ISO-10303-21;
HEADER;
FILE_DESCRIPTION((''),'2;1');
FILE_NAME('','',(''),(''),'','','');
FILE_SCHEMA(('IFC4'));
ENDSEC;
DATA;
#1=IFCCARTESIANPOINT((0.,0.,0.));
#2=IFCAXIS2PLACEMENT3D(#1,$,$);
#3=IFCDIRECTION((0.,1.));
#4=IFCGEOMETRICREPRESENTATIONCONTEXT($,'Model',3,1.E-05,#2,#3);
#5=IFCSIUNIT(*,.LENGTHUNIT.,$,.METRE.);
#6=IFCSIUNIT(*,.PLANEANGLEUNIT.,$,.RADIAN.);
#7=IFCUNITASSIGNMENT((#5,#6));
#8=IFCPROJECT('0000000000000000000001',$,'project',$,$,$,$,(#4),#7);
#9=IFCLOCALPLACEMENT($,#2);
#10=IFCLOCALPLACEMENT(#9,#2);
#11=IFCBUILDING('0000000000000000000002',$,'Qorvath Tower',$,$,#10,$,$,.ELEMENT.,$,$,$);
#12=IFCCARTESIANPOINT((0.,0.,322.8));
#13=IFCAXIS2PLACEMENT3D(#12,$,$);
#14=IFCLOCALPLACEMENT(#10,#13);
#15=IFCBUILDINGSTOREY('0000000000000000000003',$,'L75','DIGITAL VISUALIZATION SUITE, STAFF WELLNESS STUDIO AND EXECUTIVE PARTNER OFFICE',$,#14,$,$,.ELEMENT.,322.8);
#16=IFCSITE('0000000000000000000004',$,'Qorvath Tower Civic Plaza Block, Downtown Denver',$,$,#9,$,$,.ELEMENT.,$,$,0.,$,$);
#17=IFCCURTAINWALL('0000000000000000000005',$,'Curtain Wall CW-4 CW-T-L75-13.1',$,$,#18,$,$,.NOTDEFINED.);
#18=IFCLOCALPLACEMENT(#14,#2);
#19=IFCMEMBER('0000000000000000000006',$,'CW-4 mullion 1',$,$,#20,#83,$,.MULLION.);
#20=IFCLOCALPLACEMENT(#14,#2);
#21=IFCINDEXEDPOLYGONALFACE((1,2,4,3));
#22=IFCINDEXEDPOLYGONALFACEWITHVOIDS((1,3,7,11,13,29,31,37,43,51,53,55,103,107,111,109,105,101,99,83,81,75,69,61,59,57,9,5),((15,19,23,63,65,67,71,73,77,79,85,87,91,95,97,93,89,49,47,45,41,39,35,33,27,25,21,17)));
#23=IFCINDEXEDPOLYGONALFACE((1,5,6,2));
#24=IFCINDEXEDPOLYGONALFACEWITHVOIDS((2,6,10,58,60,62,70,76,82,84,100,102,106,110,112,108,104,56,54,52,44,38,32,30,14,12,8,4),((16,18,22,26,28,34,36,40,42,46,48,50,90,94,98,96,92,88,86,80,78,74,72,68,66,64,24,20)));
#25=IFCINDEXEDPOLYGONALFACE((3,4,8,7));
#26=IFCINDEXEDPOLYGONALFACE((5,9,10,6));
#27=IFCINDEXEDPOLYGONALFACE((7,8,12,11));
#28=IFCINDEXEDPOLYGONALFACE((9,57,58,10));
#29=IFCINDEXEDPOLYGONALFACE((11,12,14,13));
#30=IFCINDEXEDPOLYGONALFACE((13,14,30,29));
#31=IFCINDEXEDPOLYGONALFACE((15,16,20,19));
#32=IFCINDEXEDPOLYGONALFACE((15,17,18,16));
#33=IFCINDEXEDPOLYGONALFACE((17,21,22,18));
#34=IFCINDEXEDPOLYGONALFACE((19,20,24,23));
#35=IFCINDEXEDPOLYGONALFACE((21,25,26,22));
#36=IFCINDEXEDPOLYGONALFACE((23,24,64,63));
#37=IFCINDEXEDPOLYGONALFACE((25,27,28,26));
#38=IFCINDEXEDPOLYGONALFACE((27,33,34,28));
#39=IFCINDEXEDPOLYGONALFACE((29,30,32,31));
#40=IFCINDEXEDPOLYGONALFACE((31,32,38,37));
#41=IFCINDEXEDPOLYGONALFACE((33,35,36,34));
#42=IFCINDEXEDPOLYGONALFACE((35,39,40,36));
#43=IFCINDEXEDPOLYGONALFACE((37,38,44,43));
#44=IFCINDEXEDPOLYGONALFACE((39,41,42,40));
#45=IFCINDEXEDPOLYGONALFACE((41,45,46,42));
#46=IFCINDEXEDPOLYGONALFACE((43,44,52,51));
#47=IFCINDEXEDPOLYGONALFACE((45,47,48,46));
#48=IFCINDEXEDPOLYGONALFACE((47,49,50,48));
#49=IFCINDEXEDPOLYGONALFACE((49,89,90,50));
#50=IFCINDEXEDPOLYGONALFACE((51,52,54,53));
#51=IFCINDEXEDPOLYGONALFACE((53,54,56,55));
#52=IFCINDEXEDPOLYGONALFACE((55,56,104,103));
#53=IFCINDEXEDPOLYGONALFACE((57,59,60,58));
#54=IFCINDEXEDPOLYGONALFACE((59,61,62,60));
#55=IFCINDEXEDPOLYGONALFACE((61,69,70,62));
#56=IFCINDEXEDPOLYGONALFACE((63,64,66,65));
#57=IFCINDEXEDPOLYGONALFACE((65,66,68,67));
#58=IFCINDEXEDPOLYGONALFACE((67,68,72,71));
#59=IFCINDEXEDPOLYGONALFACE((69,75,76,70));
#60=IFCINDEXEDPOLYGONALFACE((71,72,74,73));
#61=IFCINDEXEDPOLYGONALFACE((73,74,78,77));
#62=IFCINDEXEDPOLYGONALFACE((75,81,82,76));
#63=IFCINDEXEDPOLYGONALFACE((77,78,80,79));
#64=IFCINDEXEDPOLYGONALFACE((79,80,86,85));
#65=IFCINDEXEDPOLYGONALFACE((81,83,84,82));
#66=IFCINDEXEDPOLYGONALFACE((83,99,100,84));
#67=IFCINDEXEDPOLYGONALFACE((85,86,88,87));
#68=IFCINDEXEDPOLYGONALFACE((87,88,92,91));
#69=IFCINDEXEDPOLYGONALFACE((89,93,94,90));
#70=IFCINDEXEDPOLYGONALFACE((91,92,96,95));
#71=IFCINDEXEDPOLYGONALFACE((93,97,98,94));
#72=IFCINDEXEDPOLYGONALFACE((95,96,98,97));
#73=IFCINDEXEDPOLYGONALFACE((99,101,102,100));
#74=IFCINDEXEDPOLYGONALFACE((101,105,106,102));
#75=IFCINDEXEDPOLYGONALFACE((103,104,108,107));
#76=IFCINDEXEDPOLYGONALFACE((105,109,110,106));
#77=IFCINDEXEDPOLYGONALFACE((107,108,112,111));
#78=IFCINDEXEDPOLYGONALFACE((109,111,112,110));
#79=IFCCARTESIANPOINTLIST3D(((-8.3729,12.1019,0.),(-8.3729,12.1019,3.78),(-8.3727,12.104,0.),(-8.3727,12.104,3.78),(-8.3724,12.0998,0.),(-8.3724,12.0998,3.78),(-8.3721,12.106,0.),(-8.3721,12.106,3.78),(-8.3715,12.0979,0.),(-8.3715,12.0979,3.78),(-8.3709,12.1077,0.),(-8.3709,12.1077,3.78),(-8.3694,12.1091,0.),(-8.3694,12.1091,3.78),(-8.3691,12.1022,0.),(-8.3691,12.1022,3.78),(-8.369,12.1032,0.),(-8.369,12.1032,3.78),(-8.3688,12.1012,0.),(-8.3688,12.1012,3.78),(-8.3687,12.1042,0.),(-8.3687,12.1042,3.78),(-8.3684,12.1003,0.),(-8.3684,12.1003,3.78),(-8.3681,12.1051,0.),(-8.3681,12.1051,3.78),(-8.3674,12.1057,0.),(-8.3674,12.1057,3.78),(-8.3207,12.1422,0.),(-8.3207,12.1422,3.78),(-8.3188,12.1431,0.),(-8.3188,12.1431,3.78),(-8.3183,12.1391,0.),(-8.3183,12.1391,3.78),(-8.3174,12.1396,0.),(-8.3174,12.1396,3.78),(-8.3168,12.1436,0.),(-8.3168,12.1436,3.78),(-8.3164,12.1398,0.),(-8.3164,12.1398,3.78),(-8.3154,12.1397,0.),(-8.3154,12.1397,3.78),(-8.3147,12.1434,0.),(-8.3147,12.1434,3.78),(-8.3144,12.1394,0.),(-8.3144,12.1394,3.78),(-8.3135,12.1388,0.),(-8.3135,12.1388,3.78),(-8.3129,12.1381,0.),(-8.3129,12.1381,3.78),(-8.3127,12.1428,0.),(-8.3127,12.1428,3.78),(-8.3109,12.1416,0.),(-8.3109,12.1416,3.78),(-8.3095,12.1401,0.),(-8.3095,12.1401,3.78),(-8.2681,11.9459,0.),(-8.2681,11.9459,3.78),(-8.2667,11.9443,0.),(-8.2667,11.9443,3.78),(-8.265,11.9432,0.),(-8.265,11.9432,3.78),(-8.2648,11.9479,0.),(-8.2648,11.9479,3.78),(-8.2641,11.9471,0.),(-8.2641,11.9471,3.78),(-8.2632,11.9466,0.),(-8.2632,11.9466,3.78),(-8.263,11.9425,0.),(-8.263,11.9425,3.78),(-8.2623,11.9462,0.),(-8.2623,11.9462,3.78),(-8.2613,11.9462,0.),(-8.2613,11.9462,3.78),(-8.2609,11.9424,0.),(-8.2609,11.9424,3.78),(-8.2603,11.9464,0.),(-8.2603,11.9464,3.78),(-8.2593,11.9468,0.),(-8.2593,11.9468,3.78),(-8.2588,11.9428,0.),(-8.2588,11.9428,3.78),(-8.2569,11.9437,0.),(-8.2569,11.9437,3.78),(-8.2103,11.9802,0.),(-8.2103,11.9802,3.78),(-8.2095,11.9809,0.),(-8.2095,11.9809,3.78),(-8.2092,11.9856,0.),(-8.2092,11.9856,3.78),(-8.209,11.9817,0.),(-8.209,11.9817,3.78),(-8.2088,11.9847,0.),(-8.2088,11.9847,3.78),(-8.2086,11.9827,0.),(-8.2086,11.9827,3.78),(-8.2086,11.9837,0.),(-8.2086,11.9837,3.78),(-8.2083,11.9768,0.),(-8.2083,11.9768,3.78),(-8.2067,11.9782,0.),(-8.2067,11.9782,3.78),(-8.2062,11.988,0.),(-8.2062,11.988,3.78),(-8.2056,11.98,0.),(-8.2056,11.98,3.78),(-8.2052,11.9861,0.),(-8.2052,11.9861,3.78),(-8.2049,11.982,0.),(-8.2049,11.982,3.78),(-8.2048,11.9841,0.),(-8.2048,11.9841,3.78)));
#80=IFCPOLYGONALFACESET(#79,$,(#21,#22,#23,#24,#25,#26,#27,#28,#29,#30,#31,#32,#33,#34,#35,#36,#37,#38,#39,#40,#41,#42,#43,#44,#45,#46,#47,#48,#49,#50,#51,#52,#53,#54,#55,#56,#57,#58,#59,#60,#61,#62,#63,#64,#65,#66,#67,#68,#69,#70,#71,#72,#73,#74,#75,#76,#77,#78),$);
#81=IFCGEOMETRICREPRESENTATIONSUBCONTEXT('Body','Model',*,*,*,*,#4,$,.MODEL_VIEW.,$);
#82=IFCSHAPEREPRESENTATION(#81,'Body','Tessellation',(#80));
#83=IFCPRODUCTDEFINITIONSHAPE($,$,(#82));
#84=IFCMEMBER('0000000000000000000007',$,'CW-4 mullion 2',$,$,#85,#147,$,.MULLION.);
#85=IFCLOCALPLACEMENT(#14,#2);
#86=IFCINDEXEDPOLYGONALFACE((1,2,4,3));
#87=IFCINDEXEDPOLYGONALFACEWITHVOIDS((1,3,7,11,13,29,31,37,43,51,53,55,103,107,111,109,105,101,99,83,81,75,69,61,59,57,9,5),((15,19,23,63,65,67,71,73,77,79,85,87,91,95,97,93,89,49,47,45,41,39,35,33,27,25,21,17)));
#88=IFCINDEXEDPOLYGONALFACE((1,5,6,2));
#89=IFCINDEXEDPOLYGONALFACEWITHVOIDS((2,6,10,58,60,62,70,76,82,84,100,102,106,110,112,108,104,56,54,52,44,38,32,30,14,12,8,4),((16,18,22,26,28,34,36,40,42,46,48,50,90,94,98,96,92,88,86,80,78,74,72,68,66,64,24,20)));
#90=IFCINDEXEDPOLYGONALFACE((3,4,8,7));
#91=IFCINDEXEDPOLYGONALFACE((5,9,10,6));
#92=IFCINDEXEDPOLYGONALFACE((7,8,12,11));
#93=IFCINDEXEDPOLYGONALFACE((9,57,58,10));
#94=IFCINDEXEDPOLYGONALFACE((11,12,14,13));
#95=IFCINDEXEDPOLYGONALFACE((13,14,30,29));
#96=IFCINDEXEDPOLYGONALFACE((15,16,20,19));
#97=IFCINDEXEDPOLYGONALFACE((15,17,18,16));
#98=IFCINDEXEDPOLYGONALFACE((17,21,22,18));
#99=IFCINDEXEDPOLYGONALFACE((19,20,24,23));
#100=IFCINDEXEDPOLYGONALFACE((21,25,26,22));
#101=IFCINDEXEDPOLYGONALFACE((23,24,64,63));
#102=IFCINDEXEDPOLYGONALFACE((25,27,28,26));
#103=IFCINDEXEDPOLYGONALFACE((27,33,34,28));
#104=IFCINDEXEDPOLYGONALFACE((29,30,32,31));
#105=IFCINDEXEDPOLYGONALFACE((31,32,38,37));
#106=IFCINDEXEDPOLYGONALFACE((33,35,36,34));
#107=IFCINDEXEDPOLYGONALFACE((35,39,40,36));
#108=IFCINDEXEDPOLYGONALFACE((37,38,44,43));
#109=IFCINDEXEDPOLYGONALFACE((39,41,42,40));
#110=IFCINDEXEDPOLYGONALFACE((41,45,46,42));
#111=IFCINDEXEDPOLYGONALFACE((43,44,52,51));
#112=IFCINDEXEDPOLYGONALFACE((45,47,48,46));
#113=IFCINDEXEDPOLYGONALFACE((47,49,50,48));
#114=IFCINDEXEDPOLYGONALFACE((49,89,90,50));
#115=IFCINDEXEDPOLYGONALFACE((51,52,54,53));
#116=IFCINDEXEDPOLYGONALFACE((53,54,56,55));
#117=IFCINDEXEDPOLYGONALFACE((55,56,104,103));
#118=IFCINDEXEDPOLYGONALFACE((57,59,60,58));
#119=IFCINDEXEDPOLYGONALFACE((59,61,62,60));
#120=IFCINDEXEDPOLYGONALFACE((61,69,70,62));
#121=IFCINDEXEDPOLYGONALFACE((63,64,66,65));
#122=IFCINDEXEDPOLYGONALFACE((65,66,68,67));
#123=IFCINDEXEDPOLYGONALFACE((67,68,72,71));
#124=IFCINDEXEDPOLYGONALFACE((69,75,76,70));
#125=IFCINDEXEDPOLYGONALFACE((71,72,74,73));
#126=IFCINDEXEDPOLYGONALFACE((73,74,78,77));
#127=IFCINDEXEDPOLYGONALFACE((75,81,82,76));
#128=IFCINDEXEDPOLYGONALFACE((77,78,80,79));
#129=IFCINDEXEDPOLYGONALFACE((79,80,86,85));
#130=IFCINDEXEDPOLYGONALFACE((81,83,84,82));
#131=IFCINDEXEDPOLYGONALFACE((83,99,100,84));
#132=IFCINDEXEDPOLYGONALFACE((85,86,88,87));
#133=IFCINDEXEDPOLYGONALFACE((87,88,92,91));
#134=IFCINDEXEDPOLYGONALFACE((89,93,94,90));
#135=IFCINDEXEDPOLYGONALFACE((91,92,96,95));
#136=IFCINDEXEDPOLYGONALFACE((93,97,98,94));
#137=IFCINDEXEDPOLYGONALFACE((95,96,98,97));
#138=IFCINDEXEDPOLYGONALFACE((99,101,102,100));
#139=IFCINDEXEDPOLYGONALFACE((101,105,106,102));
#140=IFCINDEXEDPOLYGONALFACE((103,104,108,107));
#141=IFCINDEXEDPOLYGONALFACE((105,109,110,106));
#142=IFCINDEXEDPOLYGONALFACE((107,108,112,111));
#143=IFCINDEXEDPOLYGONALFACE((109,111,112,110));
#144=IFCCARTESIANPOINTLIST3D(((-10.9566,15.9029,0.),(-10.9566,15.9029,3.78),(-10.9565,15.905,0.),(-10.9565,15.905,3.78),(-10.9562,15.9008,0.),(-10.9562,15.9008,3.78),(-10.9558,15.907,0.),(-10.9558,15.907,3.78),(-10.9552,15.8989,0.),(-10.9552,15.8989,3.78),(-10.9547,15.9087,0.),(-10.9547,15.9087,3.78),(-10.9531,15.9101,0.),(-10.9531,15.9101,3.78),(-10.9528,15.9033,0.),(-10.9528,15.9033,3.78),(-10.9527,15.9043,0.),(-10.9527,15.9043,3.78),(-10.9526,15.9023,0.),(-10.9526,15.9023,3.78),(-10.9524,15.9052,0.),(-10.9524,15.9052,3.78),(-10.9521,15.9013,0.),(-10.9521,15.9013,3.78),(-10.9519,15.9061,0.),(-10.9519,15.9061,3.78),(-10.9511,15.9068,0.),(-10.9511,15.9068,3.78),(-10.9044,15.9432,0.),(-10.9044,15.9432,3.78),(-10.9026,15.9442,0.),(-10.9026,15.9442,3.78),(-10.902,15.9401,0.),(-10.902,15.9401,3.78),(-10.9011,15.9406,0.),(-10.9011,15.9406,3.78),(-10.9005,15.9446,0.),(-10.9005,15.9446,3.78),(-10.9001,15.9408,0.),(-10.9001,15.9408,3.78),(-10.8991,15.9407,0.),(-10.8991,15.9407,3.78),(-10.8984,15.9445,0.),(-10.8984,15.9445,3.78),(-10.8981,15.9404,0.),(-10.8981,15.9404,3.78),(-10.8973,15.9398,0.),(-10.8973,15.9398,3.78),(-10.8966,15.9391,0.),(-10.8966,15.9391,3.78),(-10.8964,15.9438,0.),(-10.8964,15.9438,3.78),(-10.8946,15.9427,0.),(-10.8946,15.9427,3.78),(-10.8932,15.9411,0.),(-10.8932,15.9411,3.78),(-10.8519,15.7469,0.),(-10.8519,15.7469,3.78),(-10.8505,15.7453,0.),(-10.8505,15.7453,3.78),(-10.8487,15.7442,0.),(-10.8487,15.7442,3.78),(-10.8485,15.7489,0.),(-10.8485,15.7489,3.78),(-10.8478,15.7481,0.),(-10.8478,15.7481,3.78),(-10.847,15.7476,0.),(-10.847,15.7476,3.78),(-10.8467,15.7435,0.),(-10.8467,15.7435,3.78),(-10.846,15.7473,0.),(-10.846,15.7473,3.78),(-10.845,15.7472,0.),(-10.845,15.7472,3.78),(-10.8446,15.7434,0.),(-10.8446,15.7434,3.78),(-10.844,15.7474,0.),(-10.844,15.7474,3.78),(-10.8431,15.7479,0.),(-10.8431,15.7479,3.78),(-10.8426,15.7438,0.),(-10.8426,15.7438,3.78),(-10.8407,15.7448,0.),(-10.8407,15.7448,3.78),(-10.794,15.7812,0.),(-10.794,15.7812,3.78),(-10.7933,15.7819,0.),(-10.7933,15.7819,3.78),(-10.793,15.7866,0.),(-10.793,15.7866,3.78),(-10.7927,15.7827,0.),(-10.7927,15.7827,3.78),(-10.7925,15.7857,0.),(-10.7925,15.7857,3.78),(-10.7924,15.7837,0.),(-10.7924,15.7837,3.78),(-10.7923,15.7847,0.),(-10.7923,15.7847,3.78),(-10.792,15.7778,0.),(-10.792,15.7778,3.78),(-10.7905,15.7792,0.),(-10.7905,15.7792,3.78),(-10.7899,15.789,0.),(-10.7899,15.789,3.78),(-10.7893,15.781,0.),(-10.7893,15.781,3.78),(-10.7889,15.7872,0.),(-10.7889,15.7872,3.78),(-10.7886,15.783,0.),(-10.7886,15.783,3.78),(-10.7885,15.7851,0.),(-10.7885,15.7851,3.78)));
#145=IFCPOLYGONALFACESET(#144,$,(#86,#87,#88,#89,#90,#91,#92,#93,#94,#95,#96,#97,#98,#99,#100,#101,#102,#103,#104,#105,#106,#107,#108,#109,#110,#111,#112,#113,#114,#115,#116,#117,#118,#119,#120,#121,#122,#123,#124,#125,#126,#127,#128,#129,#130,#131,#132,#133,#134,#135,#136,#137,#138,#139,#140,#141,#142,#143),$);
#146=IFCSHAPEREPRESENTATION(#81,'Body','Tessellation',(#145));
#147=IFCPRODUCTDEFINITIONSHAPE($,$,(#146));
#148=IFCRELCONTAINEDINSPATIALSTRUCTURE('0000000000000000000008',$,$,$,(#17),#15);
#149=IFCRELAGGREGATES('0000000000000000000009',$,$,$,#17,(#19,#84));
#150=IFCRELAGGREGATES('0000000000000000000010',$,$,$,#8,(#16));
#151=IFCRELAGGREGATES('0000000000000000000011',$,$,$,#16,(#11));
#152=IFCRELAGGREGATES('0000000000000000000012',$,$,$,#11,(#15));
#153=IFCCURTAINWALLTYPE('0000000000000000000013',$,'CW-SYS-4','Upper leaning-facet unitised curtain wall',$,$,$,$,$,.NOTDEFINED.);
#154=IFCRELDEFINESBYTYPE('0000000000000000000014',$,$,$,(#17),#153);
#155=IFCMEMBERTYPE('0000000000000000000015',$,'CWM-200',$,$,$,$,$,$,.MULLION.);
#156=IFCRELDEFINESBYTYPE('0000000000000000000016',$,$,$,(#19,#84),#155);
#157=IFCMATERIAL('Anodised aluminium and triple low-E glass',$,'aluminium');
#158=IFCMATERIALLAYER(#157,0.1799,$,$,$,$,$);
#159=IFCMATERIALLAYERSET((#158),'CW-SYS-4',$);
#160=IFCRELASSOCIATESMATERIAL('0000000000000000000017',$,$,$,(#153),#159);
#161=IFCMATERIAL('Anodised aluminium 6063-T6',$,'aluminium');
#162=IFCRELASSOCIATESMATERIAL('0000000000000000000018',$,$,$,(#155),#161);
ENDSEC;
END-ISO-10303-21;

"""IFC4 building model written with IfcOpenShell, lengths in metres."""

from ifc_helpers import new_model, si_unit, direction, frame, origin, origin_2d, place, context, subcontext, project, spatial, hollow_rectangle, extrude, material, layer, layer_set, material_profile, profile_set, type_object, element, aggregate, save


model = new_model("IFC4")

# Units and contexts
model_context = context("Model", 3, precision=1e-05, world=origin(), true_north=direction((0.0, 1.0)))
body_context = subcontext(model_context, "Body", "Model", "MODEL_VIEW")
ifc_project = project(units=[si_unit("LENGTHUNIT", "METRE"), si_unit("PLANEANGLEUNIT", "RADIAN")], contexts=[model_context])

# Site, building, storey
site_placement = place(None, origin())
site = spatial("IfcSite", under=ifc_project, at=site_placement, Name="Qorvath Tower Civic Plaza Block, Downtown Denver", CompositionType="ELEMENT", RefElevation=0.0)
building_placement = place(site_placement, origin())
building = spatial("IfcBuilding", under=site, at=building_placement, Name="Qorvath Tower", CompositionType="ELEMENT")
storey_placement = place(building_placement, frame((0.0, 0.0, 322.8)))
storey = spatial("IfcBuildingStorey", under=building, at=storey_placement, Name="L75", Description="DIGITAL VISUALIZATION SUITE, STAFF WELLNESS STUDIO AND EXECUTIVE PARTNER OFFICE", CompositionType="ELEMENT", Elevation=322.8)

# Shared definitions
ifc_material_1 = material(Name="Anodised aluminium and triple low-E glass", Category="aluminium")
ifc_layer_1 = layer(ifc_material_1, 0.1799)
ifc_layer_set_1 = layer_set([ifc_layer_1], Name="CW-SYS-4")
curtain_wall_type = type_object("IfcCurtainWallType", Name="CW-SYS-4", Description="Upper leaning-facet unitised curtain wall", PredefinedType="NOTDEFINED", material=ifc_layer_set_1)
ifc_material_2 = material(Name="Anodised aluminium 6063-T6", Category="aluminium")
ifc_material_profile_1 = material_profile(ifc_material_2, hollow_rectangle(XDim=0.075, YDim=0.2, WallThickness=0.0039, InnerFilletRadius=0.0039, OuterFilletRadius=0.0081, at=origin_2d()), Name="CWM 200x75")
ifc_profile_set_1 = profile_set([ifc_material_profile_1], Name="Anodised aluminium 6063-T6")
member_type_1 = type_object("IfcMemberType", Name="CWM-200", PredefinedType="MULLION", material=ifc_profile_set_1)

# Curtain wall, members
curtain_wall_1_placement = place(storey_placement, origin())
curtain_wall_1 = element("IfcCurtainWall", 1, at=curtain_wall_1_placement, inside=storey, type_object=curtain_wall_type, Name="Curtain Wall CW-4 CW-T-L75-13.1", PredefinedType="NOTDEFINED")
member_1_placement = place(storey_placement, frame((-8.2888, 12.043, 0.0), z_axis=(0.0, 0.0, 1.0), x_axis=(-0.82703, -0.562158, 0.0)))
member_1 = element("IfcMember", 2, at=member_1_placement, type_object=member_type_1, Name="CW-4 mullion 1", PredefinedType="MULLION", context=body_context, shape_type="SweptSolid", body=[
    extrude(hollow_rectangle(XDim=0.075, YDim=0.2, WallThickness=0.0039, InnerFilletRadius=0.0039, OuterFilletRadius=0.0081, at=origin_2d()), origin(), (0.0, 0.0, 1.0), 3.78),
])
member_2_placement = place(storey_placement, frame((-10.8726, 15.844, 0.0), z_axis=(0.0, 0.0, 1.0), x_axis=(-0.82703, -0.562158, 0.0)))
member_2 = element("IfcMember", 3, at=member_2_placement, type_object=member_type_1, Name="CW-4 mullion 2", PredefinedType="MULLION", context=body_context, shape_type="SweptSolid", body=[
    extrude(hollow_rectangle(XDim=0.075, YDim=0.2, WallThickness=0.0039, InnerFilletRadius=0.0039, OuterFilletRadius=0.0081, at=origin_2d()), origin(), (0.0, 0.0, 1.0), 3.78),
])

aggregate(curtain_wall_1, [member_1, member_2])

save(model, "model.ifc")
